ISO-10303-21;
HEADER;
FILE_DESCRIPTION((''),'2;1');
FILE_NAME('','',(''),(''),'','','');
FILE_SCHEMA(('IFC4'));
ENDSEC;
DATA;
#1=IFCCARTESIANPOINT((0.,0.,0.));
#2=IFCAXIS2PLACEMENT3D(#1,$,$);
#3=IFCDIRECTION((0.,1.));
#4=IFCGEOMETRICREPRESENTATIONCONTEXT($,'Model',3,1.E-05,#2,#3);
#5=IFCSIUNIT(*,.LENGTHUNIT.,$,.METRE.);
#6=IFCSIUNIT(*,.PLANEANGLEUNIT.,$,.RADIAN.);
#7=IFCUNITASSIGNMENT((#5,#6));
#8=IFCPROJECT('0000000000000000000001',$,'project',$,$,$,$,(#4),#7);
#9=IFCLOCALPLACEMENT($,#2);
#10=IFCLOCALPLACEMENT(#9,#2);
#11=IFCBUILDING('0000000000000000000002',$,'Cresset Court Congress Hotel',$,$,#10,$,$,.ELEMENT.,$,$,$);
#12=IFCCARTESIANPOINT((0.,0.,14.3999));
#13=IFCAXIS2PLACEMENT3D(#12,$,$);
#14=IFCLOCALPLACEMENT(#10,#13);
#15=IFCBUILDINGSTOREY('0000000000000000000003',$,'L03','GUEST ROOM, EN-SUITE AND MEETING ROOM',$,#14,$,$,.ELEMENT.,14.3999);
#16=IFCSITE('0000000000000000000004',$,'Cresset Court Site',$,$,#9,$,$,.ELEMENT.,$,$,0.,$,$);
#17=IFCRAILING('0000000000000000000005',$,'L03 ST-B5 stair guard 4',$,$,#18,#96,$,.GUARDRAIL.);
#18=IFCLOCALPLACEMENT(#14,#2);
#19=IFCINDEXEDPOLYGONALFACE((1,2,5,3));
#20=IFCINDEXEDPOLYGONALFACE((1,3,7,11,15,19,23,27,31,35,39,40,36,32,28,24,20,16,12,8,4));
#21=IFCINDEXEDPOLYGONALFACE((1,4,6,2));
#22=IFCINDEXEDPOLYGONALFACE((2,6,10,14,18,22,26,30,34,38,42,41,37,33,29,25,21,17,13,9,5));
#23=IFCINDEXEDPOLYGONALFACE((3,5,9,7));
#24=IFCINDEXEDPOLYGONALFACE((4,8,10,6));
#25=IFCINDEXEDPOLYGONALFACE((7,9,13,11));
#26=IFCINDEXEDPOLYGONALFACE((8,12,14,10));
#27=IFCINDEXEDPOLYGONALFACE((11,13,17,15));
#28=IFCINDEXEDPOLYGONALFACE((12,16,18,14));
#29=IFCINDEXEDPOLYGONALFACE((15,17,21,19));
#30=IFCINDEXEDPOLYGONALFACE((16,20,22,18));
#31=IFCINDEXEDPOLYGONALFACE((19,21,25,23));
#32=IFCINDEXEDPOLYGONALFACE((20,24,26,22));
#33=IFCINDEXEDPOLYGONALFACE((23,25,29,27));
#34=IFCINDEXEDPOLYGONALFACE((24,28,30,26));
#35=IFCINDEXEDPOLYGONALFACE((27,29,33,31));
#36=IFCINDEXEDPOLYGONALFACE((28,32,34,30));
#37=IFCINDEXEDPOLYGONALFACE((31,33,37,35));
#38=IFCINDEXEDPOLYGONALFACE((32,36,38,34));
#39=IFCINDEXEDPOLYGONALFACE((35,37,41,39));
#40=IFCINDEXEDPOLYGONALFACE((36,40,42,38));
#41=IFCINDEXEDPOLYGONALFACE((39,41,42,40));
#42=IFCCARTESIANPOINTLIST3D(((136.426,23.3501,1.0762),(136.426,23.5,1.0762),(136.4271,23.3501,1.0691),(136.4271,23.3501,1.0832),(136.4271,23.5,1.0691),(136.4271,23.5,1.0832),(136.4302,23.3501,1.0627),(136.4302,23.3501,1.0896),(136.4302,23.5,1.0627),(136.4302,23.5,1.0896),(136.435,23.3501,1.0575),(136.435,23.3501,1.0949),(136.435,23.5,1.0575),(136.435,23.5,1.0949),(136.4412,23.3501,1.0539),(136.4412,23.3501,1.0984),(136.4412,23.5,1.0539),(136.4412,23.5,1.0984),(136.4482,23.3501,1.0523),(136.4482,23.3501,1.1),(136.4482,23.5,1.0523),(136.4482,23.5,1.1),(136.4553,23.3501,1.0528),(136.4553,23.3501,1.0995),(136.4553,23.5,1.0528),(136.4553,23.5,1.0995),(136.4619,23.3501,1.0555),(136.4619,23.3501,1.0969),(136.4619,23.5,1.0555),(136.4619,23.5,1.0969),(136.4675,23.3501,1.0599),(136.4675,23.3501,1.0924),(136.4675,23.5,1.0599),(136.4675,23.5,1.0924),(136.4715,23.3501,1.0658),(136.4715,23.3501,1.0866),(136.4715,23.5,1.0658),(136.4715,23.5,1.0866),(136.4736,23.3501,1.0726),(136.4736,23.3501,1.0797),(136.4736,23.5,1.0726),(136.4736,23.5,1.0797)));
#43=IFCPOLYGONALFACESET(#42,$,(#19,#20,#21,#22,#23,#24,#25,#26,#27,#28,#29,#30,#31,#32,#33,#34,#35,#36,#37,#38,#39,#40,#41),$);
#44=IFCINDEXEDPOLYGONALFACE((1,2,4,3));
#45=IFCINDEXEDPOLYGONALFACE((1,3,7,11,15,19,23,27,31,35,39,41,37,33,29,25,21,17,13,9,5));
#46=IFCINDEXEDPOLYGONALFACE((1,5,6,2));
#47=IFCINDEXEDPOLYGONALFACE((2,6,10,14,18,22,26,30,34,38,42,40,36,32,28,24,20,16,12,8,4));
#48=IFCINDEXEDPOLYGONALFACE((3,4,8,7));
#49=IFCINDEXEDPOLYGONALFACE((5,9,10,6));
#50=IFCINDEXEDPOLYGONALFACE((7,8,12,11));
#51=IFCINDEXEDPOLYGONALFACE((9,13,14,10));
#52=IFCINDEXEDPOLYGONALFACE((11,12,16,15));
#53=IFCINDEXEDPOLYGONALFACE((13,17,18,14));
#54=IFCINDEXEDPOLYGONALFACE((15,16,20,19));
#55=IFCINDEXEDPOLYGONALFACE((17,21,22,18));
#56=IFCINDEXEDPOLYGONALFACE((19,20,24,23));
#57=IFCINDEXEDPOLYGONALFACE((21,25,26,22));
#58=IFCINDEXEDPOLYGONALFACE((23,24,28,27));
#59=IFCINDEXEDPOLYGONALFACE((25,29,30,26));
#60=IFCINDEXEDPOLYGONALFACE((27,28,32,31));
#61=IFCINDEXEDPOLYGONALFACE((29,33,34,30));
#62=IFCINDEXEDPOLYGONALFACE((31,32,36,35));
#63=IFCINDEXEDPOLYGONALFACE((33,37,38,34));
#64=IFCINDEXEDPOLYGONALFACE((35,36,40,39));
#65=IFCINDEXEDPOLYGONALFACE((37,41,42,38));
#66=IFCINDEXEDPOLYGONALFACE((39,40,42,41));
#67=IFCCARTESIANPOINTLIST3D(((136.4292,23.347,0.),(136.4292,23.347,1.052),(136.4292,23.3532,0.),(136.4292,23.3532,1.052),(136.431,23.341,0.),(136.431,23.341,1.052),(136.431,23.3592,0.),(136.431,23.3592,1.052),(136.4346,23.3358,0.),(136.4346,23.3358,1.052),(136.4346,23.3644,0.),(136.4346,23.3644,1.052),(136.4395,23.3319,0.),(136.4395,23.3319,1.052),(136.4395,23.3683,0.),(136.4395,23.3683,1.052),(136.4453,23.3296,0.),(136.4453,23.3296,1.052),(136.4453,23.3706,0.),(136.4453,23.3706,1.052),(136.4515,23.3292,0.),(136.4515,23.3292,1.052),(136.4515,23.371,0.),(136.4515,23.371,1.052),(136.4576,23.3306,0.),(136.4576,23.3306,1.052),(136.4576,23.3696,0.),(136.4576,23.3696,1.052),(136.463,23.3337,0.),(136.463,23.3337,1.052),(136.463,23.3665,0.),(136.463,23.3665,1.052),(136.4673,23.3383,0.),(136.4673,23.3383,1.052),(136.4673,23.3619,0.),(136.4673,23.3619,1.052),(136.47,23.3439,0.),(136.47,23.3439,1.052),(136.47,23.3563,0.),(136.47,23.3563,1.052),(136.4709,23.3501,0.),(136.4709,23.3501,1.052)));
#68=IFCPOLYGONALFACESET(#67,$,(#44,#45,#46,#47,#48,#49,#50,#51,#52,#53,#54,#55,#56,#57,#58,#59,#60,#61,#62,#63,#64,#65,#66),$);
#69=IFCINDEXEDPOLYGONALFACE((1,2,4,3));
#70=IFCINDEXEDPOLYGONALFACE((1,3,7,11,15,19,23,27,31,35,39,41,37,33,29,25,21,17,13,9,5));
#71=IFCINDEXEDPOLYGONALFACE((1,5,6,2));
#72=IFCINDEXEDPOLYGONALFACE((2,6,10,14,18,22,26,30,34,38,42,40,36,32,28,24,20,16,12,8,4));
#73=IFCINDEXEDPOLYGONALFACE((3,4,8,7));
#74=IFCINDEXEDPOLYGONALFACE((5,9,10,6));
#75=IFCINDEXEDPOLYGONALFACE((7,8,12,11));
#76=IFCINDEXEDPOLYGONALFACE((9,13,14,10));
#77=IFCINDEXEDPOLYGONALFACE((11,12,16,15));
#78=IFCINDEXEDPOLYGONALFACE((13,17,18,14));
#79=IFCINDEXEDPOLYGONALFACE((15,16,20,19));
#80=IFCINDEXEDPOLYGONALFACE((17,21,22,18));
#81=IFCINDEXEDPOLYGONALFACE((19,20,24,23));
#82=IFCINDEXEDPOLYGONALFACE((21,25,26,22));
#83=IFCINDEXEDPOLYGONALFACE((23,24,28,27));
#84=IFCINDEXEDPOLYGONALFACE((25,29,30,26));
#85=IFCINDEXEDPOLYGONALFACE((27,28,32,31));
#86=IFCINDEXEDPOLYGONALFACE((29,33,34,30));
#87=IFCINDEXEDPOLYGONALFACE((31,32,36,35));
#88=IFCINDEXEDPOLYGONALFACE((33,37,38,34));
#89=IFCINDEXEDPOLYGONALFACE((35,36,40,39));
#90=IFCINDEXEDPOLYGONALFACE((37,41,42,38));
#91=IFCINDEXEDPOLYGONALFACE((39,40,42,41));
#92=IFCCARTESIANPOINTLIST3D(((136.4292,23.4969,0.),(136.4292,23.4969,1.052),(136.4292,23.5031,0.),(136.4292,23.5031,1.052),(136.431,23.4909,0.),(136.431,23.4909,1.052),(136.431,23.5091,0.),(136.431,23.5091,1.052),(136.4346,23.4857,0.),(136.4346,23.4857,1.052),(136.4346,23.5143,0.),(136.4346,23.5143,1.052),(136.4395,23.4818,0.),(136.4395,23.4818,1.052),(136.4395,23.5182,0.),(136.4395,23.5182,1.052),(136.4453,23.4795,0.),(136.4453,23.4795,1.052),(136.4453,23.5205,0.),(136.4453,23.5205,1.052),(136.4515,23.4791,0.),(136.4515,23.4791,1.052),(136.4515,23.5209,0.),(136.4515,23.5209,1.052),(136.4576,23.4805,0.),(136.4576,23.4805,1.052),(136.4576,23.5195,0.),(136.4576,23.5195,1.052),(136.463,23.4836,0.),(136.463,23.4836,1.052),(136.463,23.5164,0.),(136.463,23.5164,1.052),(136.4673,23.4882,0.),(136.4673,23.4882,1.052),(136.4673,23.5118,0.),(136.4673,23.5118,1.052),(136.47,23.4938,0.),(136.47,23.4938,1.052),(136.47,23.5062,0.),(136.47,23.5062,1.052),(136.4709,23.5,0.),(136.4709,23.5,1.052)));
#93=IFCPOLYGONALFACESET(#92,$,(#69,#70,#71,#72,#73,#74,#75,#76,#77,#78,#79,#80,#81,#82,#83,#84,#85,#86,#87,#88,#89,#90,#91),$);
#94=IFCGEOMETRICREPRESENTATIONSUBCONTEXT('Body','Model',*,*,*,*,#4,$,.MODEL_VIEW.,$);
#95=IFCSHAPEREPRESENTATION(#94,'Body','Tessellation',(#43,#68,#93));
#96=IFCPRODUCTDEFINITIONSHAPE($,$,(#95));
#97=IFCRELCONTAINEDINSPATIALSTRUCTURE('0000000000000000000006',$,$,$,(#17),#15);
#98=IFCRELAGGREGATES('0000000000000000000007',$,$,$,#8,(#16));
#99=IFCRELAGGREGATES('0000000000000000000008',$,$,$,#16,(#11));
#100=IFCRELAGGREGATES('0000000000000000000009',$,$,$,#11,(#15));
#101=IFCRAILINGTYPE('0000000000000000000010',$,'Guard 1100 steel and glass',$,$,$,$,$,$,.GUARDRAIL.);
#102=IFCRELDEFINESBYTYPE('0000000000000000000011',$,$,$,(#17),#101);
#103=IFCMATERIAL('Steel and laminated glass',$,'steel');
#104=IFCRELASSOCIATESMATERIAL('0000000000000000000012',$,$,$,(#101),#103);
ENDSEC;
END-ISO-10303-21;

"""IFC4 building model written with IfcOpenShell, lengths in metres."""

from ifc_helpers import new_model, si_unit, direction, frame, origin, origin_2d, place, context, subcontext, project, spatial, circle, extrude, material, type_object, element, save


model = new_model("IFC4")

# Units and contexts
model_context = context("Model", 3, precision=1e-05, world=origin(), true_north=direction((0.0, 1.0)))
body_context = subcontext(model_context, "Body", "Model", "MODEL_VIEW")
ifc_project = project(units=[si_unit("LENGTHUNIT", "METRE"), si_unit("PLANEANGLEUNIT", "RADIAN")], contexts=[model_context])

# Site, building, storey
site_placement = place(None, origin())
site = spatial("IfcSite", under=ifc_project, at=site_placement, Name="Cresset Court Site", CompositionType="ELEMENT", RefElevation=0.0)
building_placement = place(site_placement, origin())
building = spatial("IfcBuilding", under=site, at=building_placement, Name="Cresset Court Congress Hotel", CompositionType="ELEMENT")
storey_placement = place(building_placement, frame((0.0, 0.0, 14.3999)))
storey = spatial("IfcBuildingStorey", under=building, at=storey_placement, Name="L03", Description="GUEST ROOM, EN-SUITE AND MEETING ROOM", CompositionType="ELEMENT", Elevation=14.3999)

# Railing
ifc_material_1 = material(Name="Steel and laminated glass", Category="steel")
railing_type_1 = type_object("IfcRailingType", Name="Guard 1100 steel and glass", PredefinedType="GUARDRAIL", material=ifc_material_1)
railing_1_placement = place(storey_placement, frame((136.45, 23.3501, 0.0)))
element("IfcRailing", 1, at=railing_1_placement, inside=storey, type_object=railing_type_1, Name="L03 ST-B5 stair guard 4", PredefinedType="GUARDRAIL", context=body_context, shape_type="SweptSolid", body=[
    extrude(circle(Radius=0.0239, at=origin_2d()), frame((0.0, 0.0, 1.0762), z_axis=(0.0, 1.0, 0.0), x_axis=(-1.0, 0.0, 0.0)), (0.0, 0.0, 1.0), 0.1499),
    extrude(circle(Radius=0.021, at=origin_2d()), origin(), (0.0, 0.0, 1.0), 1.052),
    extrude(circle(Radius=0.021, at=origin_2d()), frame((0.0, 0.1499, 0.0)), (0.0, 0.0, 1.0), 1.052),
])

save(model, "model.ifc")
